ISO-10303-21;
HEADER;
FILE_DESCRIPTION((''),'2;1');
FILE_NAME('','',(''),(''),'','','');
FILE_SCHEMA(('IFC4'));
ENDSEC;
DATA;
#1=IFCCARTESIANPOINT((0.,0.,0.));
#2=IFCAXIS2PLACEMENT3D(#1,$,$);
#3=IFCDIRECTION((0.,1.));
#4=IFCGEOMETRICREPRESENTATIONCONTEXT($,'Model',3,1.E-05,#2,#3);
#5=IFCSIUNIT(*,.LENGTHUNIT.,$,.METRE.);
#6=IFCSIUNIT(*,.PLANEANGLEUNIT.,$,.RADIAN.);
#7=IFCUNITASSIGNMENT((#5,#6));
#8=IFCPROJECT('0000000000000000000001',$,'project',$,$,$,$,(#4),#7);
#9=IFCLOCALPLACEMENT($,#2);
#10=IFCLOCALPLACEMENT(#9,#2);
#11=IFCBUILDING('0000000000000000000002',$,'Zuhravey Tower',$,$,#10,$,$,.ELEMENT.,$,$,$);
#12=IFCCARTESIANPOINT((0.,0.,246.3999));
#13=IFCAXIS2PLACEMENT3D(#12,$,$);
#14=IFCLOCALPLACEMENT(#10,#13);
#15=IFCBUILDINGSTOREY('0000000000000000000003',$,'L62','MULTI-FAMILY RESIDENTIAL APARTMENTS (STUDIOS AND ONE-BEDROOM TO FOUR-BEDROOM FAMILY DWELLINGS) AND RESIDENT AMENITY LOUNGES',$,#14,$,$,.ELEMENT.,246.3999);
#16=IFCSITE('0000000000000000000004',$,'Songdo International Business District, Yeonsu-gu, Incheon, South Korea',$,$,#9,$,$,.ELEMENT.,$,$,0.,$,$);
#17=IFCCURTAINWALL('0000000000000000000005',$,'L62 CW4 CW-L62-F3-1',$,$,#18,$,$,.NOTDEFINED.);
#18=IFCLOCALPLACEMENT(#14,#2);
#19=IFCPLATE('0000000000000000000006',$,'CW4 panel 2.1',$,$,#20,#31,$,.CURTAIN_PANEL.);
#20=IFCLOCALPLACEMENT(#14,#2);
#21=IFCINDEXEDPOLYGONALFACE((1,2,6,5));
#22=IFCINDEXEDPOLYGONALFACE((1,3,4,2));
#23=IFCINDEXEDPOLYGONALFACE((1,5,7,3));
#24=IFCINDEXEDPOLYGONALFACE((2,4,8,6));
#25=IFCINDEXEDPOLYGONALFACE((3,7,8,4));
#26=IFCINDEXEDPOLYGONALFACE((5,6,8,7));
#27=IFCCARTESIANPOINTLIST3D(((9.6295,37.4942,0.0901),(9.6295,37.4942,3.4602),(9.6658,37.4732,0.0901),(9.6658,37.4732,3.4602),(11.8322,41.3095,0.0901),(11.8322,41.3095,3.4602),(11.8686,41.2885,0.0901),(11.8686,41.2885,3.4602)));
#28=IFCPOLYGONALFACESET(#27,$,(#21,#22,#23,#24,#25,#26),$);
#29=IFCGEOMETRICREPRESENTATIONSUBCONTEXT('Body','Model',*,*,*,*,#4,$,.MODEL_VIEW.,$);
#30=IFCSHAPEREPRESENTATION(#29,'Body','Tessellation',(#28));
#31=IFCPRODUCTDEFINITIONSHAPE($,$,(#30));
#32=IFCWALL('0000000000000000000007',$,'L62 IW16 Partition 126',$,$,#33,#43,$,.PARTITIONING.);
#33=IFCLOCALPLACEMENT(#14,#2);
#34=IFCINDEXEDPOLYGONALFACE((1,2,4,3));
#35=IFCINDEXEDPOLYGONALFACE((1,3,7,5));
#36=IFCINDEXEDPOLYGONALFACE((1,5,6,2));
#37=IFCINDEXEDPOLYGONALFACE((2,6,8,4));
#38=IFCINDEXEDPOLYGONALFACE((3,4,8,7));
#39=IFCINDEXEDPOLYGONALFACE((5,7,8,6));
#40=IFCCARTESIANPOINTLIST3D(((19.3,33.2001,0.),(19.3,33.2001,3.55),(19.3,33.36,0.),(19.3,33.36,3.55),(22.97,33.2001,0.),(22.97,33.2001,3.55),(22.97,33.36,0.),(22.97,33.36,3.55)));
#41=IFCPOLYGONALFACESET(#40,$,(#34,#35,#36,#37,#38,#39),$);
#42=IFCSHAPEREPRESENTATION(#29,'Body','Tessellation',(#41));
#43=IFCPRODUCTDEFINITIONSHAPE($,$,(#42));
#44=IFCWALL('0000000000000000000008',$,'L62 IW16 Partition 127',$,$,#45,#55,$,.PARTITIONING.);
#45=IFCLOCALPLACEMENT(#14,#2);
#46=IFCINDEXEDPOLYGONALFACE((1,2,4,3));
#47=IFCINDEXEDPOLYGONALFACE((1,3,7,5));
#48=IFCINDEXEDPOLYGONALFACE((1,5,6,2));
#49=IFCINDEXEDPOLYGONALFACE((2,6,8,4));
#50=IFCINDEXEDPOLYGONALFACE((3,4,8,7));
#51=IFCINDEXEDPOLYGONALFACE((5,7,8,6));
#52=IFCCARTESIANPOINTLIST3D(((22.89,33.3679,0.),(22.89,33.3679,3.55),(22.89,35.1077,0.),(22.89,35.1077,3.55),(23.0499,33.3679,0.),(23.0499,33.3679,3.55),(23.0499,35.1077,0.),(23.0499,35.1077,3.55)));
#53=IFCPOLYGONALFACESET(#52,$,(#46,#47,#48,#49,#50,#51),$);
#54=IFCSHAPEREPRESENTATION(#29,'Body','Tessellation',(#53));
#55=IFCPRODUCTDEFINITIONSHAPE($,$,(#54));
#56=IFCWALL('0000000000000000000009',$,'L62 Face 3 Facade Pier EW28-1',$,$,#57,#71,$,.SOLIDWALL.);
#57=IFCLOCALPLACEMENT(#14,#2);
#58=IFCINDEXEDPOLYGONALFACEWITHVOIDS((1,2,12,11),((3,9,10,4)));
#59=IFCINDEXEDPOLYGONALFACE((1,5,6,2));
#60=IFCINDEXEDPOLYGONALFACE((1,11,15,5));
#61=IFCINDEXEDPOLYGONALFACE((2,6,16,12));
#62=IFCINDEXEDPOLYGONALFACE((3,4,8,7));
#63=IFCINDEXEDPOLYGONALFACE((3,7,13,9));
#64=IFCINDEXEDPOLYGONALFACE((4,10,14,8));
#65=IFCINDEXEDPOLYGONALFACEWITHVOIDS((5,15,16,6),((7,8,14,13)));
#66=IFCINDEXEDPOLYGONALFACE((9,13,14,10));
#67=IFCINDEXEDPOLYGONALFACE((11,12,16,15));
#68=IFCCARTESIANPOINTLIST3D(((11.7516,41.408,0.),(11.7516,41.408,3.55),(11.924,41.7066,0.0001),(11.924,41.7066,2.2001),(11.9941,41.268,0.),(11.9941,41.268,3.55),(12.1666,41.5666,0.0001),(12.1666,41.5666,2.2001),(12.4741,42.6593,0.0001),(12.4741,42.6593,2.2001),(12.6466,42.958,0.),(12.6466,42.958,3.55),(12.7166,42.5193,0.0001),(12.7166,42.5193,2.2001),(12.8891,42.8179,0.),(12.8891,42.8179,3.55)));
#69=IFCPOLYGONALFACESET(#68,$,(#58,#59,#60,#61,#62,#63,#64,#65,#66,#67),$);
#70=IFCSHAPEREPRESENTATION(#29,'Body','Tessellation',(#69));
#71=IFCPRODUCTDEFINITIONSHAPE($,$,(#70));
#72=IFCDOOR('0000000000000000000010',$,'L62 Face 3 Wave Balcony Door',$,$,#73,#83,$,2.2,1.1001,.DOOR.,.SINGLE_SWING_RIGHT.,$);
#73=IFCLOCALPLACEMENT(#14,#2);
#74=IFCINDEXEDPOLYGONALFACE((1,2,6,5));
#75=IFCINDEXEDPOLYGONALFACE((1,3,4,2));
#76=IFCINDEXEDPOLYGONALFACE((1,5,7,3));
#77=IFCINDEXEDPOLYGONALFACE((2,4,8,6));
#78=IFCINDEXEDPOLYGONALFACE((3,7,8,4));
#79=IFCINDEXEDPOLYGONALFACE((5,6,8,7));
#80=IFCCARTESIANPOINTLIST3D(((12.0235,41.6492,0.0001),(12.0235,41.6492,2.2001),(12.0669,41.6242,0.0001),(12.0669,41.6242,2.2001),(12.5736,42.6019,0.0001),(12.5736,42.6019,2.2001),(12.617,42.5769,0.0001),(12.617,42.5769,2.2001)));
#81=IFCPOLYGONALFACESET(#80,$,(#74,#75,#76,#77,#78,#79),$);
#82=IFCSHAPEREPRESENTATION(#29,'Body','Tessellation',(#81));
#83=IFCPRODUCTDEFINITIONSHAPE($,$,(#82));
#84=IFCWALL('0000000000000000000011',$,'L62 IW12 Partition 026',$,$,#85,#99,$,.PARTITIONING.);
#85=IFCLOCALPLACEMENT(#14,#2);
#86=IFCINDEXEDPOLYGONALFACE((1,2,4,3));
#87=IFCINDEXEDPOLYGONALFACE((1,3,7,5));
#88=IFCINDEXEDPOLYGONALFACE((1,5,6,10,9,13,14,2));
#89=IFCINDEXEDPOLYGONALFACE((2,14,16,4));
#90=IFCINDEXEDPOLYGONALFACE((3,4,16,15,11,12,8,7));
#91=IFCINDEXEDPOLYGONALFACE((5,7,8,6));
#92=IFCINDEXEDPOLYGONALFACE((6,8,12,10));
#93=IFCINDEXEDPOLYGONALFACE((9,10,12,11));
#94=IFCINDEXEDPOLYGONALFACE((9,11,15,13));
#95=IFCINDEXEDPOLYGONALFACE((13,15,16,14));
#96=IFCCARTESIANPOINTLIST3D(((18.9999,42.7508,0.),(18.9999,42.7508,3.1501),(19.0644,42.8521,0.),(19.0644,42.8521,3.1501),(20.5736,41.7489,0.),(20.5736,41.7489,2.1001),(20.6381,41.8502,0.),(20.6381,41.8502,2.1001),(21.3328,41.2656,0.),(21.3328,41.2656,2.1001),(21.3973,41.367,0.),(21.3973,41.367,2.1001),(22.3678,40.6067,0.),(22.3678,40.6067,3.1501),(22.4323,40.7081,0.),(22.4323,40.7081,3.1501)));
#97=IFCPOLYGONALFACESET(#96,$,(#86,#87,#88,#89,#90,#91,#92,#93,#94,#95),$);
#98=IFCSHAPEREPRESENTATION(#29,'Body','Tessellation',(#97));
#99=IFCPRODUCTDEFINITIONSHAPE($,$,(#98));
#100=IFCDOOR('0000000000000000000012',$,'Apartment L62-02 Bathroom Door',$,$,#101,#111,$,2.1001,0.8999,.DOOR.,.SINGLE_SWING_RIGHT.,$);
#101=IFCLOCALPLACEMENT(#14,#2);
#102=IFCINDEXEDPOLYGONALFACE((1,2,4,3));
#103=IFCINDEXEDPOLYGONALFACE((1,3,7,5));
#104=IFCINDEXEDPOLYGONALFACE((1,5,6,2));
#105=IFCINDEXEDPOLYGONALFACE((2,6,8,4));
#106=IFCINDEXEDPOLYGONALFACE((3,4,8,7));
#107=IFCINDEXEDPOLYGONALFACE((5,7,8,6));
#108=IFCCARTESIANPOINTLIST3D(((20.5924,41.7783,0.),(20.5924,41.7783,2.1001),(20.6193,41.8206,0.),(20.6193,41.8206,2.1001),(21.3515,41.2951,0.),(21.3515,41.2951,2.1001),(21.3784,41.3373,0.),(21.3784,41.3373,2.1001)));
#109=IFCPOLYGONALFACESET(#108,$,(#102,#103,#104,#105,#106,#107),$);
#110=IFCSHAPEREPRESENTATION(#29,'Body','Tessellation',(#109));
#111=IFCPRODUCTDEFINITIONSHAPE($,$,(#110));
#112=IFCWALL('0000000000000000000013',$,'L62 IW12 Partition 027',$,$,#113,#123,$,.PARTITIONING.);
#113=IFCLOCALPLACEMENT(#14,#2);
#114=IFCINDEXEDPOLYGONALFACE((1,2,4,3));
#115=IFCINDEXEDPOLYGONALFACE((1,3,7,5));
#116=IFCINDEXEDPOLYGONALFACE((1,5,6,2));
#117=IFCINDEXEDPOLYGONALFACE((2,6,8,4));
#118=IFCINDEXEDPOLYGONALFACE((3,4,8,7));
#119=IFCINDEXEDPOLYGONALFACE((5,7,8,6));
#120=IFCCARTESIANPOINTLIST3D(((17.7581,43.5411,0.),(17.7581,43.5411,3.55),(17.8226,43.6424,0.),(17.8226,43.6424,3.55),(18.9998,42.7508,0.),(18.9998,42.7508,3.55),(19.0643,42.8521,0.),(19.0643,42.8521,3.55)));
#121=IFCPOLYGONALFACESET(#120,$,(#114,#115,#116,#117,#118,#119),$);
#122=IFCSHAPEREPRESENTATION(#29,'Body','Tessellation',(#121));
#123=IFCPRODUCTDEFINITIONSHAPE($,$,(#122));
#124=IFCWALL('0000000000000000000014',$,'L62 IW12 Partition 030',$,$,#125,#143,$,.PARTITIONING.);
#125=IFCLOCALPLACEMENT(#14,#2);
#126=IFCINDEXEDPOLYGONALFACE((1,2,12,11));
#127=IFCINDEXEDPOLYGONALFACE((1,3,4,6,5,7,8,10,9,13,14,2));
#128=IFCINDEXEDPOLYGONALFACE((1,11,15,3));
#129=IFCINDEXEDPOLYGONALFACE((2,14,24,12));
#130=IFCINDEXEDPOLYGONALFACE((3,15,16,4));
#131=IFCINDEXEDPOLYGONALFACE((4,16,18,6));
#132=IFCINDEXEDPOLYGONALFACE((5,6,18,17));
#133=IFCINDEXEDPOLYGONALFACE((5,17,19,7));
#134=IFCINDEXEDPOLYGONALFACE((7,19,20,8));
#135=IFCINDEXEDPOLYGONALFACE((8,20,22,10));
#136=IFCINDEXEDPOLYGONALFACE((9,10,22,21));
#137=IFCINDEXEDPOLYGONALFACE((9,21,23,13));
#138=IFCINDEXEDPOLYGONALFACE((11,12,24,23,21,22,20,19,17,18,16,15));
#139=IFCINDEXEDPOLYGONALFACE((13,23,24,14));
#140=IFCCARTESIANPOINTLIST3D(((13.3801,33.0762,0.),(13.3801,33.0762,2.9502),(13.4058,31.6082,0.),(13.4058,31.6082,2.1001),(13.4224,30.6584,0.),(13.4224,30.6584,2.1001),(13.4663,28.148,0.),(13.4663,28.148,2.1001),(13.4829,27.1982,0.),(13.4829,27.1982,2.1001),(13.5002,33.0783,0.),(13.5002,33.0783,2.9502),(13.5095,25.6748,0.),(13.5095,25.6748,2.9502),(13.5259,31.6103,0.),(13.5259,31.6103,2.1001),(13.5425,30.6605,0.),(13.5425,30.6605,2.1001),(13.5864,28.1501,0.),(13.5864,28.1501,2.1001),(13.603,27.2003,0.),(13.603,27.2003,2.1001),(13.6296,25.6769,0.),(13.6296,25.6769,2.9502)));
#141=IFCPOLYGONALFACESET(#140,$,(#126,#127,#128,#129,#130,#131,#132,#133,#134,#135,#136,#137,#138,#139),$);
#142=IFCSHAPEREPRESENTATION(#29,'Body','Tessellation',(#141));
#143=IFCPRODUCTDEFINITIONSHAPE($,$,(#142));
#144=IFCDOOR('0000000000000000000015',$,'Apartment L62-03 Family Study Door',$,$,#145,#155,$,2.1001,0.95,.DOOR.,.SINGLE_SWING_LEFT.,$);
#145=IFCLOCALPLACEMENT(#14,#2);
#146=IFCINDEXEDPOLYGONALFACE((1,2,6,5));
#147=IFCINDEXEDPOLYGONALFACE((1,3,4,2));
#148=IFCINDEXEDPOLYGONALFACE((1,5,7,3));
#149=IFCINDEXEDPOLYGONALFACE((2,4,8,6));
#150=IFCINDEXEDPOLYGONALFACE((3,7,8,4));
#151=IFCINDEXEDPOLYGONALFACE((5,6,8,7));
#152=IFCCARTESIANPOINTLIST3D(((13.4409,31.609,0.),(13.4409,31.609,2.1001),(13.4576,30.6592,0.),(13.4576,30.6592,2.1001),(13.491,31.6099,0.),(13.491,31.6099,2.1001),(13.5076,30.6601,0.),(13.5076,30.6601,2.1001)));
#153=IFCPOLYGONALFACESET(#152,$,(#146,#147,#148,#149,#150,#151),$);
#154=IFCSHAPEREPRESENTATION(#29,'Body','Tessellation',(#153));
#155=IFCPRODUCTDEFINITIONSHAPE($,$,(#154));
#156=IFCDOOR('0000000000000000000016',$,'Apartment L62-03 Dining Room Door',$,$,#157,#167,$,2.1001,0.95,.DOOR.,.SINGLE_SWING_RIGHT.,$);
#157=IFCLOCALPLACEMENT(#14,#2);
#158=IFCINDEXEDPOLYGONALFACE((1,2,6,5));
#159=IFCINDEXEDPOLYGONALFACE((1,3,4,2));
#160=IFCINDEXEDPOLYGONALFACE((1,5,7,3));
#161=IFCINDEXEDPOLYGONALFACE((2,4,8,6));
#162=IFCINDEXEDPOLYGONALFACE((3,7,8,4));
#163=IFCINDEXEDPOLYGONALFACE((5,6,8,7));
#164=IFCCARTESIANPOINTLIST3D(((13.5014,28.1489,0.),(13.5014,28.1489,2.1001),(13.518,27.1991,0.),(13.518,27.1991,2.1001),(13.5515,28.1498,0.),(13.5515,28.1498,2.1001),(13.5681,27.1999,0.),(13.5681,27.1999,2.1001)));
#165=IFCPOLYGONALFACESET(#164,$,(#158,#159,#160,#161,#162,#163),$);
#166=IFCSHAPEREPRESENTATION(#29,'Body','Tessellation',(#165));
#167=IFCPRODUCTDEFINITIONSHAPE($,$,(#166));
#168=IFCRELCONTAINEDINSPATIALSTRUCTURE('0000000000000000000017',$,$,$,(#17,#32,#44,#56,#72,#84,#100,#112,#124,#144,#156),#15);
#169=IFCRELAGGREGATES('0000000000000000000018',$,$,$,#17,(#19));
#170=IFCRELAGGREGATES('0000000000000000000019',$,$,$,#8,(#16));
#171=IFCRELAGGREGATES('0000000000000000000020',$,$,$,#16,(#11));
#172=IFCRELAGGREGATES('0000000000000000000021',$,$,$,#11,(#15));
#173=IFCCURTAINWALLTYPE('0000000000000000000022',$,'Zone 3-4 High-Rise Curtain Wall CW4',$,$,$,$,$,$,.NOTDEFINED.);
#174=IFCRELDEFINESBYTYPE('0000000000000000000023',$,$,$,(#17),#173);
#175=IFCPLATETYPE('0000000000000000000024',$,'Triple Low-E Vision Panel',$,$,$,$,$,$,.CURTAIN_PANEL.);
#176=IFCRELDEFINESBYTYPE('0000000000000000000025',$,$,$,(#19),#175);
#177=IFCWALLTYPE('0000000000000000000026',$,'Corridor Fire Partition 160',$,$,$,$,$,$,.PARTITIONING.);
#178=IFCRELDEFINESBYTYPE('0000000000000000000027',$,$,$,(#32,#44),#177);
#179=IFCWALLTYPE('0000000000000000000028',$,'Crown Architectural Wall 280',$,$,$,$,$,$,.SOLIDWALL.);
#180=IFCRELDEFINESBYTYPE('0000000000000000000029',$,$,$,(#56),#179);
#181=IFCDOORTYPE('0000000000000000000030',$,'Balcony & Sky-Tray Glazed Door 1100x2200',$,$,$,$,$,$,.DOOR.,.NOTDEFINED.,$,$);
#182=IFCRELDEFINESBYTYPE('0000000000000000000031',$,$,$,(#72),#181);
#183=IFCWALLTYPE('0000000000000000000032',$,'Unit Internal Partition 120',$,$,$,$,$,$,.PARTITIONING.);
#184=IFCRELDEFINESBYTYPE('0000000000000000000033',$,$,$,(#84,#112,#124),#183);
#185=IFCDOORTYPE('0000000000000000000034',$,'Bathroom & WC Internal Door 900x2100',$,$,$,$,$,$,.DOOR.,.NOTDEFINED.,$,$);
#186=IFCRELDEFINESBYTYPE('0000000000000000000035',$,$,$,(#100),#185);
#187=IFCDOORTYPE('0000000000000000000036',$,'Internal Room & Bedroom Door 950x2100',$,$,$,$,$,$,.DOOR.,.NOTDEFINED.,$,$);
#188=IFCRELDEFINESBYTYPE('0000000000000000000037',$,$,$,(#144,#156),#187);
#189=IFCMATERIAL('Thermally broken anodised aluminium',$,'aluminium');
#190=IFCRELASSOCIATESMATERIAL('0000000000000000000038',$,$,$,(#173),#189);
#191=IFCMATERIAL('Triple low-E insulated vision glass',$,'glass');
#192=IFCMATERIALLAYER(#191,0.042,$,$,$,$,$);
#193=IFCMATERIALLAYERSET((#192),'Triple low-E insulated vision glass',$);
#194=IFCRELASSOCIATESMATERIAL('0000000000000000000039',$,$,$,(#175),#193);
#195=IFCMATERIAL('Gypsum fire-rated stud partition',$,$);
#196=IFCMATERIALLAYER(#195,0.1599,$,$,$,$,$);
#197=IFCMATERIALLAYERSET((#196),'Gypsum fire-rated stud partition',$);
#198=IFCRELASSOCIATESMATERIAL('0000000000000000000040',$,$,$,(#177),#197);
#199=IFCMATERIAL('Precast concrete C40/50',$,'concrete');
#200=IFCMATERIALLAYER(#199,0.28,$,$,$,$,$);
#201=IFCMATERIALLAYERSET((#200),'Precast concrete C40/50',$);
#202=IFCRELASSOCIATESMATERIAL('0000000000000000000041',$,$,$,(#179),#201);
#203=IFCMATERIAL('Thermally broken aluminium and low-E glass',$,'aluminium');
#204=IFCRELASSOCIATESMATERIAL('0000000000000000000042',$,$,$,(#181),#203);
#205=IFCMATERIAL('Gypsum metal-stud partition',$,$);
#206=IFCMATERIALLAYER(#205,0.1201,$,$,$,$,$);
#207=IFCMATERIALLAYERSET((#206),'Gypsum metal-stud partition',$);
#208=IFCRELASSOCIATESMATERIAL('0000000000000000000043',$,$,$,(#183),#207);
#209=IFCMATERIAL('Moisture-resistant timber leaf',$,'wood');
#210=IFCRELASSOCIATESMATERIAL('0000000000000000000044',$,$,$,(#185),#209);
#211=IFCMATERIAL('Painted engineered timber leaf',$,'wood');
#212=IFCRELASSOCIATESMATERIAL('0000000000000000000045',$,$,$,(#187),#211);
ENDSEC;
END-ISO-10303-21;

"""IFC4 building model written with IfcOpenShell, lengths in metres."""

from ifc_helpers import new_model, si_unit, direction, frame, frame_2d, origin, origin_2d, place, context, subcontext, project, spatial, rectangle, extrude, material, layer, layer_set, type_object, element, fill, aggregate, save


model = new_model("IFC4")

# Units and contexts
model_context = context("Model", 3, precision=1e-05, world=origin(), true_north=direction((0.0, 1.0)))
body_context = subcontext(model_context, "Body", "Model", "MODEL_VIEW")
ifc_project = project(units=[si_unit("LENGTHUNIT", "METRE"), si_unit("PLANEANGLEUNIT", "RADIAN")], contexts=[model_context])

# Site, building, storey
site_placement = place(None, origin())
site = spatial("IfcSite", under=ifc_project, at=site_placement, Name="Songdo International Business District, Yeonsu-gu, Incheon, South Korea", CompositionType="ELEMENT", RefElevation=0.0)
building_placement = place(site_placement, origin())
building = spatial("IfcBuilding", under=site, at=building_placement, Name="Zuhravey Tower", CompositionType="ELEMENT")
storey_placement = place(building_placement, frame((0.0, 0.0, 246.3999)))
storey = spatial("IfcBuildingStorey", under=building, at=storey_placement, Name="L62", Description="MULTI-FAMILY RESIDENTIAL APARTMENTS (STUDIOS AND ONE-BEDROOM TO FOUR-BEDROOM FAMILY DWELLINGS) AND RESIDENT AMENITY LOUNGES", CompositionType="ELEMENT", Elevation=246.3999)

# Curtain wall
ifc_material_1 = material(Name="Thermally broken anodised aluminium", Category="aluminium")
curtain_wall_type = type_object("IfcCurtainWallType", Name="Zone 3-4 High-Rise Curtain Wall CW4", PredefinedType="NOTDEFINED", material=ifc_material_1)
curtain_wall_1_placement = place(storey_placement, origin())
curtain_wall_1 = element("IfcCurtainWall", 1, at=curtain_wall_1_placement, inside=storey, type_object=curtain_wall_type, Name="L62 CW4 CW-L62-F3-1", PredefinedType="NOTDEFINED")

# Plate
ifc_material_2 = material(Name="Triple low-E insulated vision glass", Category="glass")
ifc_layer_1 = layer(ifc_material_2, 0.042)
ifc_layer_set_1 = layer_set([ifc_layer_1], Name="Triple low-E insulated vision glass")
plate_type_1 = type_object("IfcPlateType", Name="Triple Low-E Vision Panel", PredefinedType="CURTAIN_PANEL", material=ifc_layer_set_1)
plate_1_placement = place(storey_placement, frame((10.749, 39.3914, 0.0901), z_axis=(0.0, 0.0, 1.0), x_axis=(0.500004, 0.866023, 0.0)))
plate_1 = element("IfcPlate", 2, at=plate_1_placement, type_object=plate_type_1, Name="CW4 panel 2.1", PredefinedType="CURTAIN_PANEL", context=body_context, shape_type="SweptSolid", body=[
    extrude(rectangle(XDim=4.4055, YDim=0.042, at=origin_2d()), origin(), (0.0, 0.0, 1.0), 3.3701),
])
aggregate(curtain_wall_1, [plate_1])

# Shared definitions
ifc_material_3 = material(Name="Gypsum fire-rated stud partition")
ifc_layer_2 = layer(ifc_material_3, 0.1599)
ifc_layer_set_2 = layer_set([ifc_layer_2], Name="Gypsum fire-rated stud partition")
wall_type_1 = type_object("IfcWallType", Name="Corridor Fire Partition 160", PredefinedType="PARTITIONING", material=ifc_layer_set_2)

# Walls
wall_1_placement = place(storey_placement, frame((22.97, 33.28, 0.0), z_axis=(0.0, 0.0, 1.0), x_axis=(-1.0, 0.0, 0.0)))
element("IfcWall", 3, at=wall_1_placement, inside=storey, type_object=wall_type_1, Name="L62 IW16 Partition 126", PredefinedType="PARTITIONING", context=body_context, shape_type="SweptSolid", body=[
    extrude(rectangle(XDim=3.6699, YDim=0.1599, at=frame_2d((1.835, 0.0))), origin(), (0.0, 0.0, 1.0), 3.55),
])
wall_2_placement = place(storey_placement, frame((22.97, 35.1077, 0.0), z_axis=(0.0, 0.0, 1.0), x_axis=(0.0, -1.0, 0.0)))
element("IfcWall", 4, at=wall_2_placement, inside=storey, type_object=wall_type_1, Name="L62 IW16 Partition 127", PredefinedType="PARTITIONING", context=body_context, shape_type="SweptSolid", body=[
    extrude(rectangle(XDim=1.7397, YDim=0.1599, at=frame_2d((0.8699, 0.0))), origin(), (0.0, 0.0, 1.0), 3.55),
])

# Walls, openings, doors
ifc_material_4 = material(Name="Precast concrete C40/50", Category="concrete")
ifc_layer_3 = layer(ifc_material_4, 0.28)
ifc_layer_set_3 = layer_set([ifc_layer_3], Name="Precast concrete C40/50")
wall_type_2 = type_object("IfcWallType", Name="Crown Architectural Wall 280", PredefinedType="SOLIDWALL", material=ifc_layer_set_3)
wall_3_placement = place(storey_placement, frame((11.8728, 41.3379, 0.0), z_axis=(0.0, 0.0, 1.0), x_axis=(0.500041, 0.866002, 0.0)))
wall_3 = element("IfcWall", 5, at=wall_3_placement, inside=storey, type_object=wall_type_2, Name="L62 Face 3 Facade Pier EW28-1", PredefinedType="SOLIDWALL", context=body_context, shape_type="SweptSolid", body=[
    extrude(rectangle(XDim=1.7898, YDim=0.28, at=frame_2d((0.895, 0.0))), origin(), (0.0, 0.0, 1.0), 3.55),
])
opening_1_placement = place(wall_3_placement, frame((0.345, 0.0, 0.0)))
opening_1 = element("IfcOpeningElement", 6, at=opening_1_placement, cuts=wall_3, PredefinedType="OPENING", context=body_context, shape_type="SweptSolid", body=[
    extrude(rectangle(XDim=1.1001, YDim=2.2, at=frame_2d((0.55, 1.1001))), frame((0.0, 0.1521, 0.0), z_axis=(0.0, -1.0, 0.0), x_axis=(1.0, 0.0, 0.0)), (0.0, 0.0, 1.0), 0.304),
])
ifc_material_5 = material(Name="Thermally broken aluminium and low-E glass", Category="aluminium")
door_type_1 = type_object("IfcDoorType", Name="Balcony & Sky-Tray Glazed Door 1100x2200", OperationType="NOTDEFINED", PredefinedType="DOOR", material=ifc_material_5)
door_1_placement = place(opening_1_placement, frame((1.1001, 0.0, 0.0), z_axis=(0.0, 0.0, 1.0), x_axis=(-1.0, 0.0, 0.0)))
door_1 = element("IfcDoor", 7, at=door_1_placement, inside=storey, type_object=door_type_1, Name="L62 Face 3 Wave Balcony Door", OperationType="SINGLE_SWING_RIGHT", OverallHeight=2.2, OverallWidth=1.1001, PredefinedType="DOOR", context=body_context, shape_type="SweptSolid", body=[
    extrude(rectangle(XDim=1.1001, YDim=2.2, at=frame_2d((0.55, 1.1001))), frame((0.0, 0.0249, 0.0), z_axis=(0.0, -1.0, 0.0), x_axis=(1.0, 0.0, 0.0)), (0.0, 0.0, 1.0), 0.05),
])
fill(opening_1, door_1)
ifc_material_6 = material(Name="Gypsum metal-stud partition")
ifc_layer_4 = layer(ifc_material_6, 0.1201)
ifc_layer_set_4 = layer_set([ifc_layer_4], Name="Gypsum metal-stud partition")
wall_type_3 = type_object("IfcWallType", Name="Unit Internal Partition 120", PredefinedType="PARTITIONING", material=ifc_layer_set_4)
wall_4_placement = place(storey_placement, frame((22.3999, 40.6575, 0.0), z_axis=(0.0, 0.0, 1.0), x_axis=(-0.843568, 0.537022, 0.0)))
wall_4 = element("IfcWall", 8, at=wall_4_placement, inside=storey, type_object=wall_type_3, Name="L62 IW12 Partition 026", PredefinedType="PARTITIONING", context=body_context, shape_type="SweptSolid", body=[
    extrude(rectangle(XDim=3.9924, YDim=0.1201, at=frame_2d((1.9961, 0.0))), origin(), (0.0, 0.0, 1.0), 3.1501),
])
opening_2_placement = place(wall_4_placement, frame((1.2268, 0.0, 0.0)))
opening_2 = element("IfcOpeningElement", 9, at=opening_2_placement, cuts=wall_4, PredefinedType="OPENING", context=body_context, shape_type="SweptSolid", body=[
    extrude(rectangle(XDim=0.8999, YDim=2.1001, at=frame_2d((0.45, 1.05))), frame((0.0, 0.072, 0.0), z_axis=(0.0, -1.0, 0.0), x_axis=(1.0, 0.0, 0.0)), (0.0, 0.0, 1.0), 0.144),
])
ifc_material_7 = material(Name="Moisture-resistant timber leaf", Category="wood")
door_type_2 = type_object("IfcDoorType", Name="Bathroom & WC Internal Door 900x2100", OperationType="NOTDEFINED", PredefinedType="DOOR", material=ifc_material_7)
door_2_placement = place(opening_2_placement, frame((0.8999, 0.0, 0.0), z_axis=(0.0, 0.0, 1.0), x_axis=(-1.0, 0.0, 0.0)))
door_2 = element("IfcDoor", 10, at=door_2_placement, inside=storey, type_object=door_type_2, Name="Apartment L62-02 Bathroom Door", OperationType="SINGLE_SWING_RIGHT", OverallHeight=2.1001, OverallWidth=0.8999, PredefinedType="DOOR", context=body_context, shape_type="SweptSolid", body=[
    extrude(rectangle(XDim=0.8999, YDim=2.1001, at=frame_2d((0.45, 1.05))), frame((0.0, 0.0249, 0.0), z_axis=(0.0, -1.0, 0.0), x_axis=(1.0, 0.0, 0.0)), (0.0, 0.0, 1.0), 0.05),
])
fill(opening_2, door_2)

# Wall
wall_5_placement = place(storey_placement, frame((19.032, 42.8015, 0.0), z_axis=(0.0, 0.0, 1.0), x_axis=(-0.843627, 0.536929, 0.0)))
element("IfcWall", 11, at=wall_5_placement, inside=storey, type_object=wall_type_3, Name="L62 IW12 Partition 027", PredefinedType="PARTITIONING", context=body_context, shape_type="SweptSolid", body=[
    extrude(rectangle(XDim=1.4719, YDim=0.1201, at=frame_2d((0.7358, 0.0))), origin(), (0.0, 0.0, 1.0), 3.55),
])

# Wall, openings, doors
wall_6_placement = place(storey_placement, frame((13.4402, 33.0771, 0.0), z_axis=(0.0, 0.0, 1.0), x_axis=(0.01748, -0.999847, 0.0)))
wall_6 = element("IfcWall", 12, at=wall_6_placement, inside=storey, type_object=wall_type_3, Name="L62 IW12 Partition 030", PredefinedType="PARTITIONING", context=body_context, shape_type="SweptSolid", body=[
    extrude(rectangle(XDim=7.4026, YDim=0.1201, at=frame_2d((3.7012, 0.0))), origin(), (0.0, 0.0, 1.0), 2.9502),
])
opening_3_placement = place(wall_6_placement, frame((1.468, 0.0, 0.0)))
opening_3 = element("IfcOpeningElement", 13, at=opening_3_placement, cuts=wall_6, PredefinedType="OPENING", context=body_context, shape_type="SweptSolid", body=[
    extrude(rectangle(XDim=0.95, YDim=2.1001, at=frame_2d((0.4751, 1.05))), frame((0.0, 0.072, 0.0), z_axis=(0.0, -1.0, 0.0), x_axis=(1.0, 0.0, 0.0)), (0.0, 0.0, 1.0), 0.144),
])
opening_4_placement = place(wall_6_placement, frame((4.9287, 0.0, 0.0)))
opening_4 = element("IfcOpeningElement", 14, at=opening_4_placement, cuts=wall_6, PredefinedType="OPENING", context=body_context, shape_type="SweptSolid", body=[
    extrude(rectangle(XDim=0.95, YDim=2.1001, at=frame_2d((0.4751, 1.05))), frame((0.0, 0.072, 0.0), z_axis=(0.0, -1.0, 0.0), x_axis=(1.0, 0.0, 0.0)), (0.0, 0.0, 1.0), 0.144),
])
ifc_material_8 = material(Name="Painted engineered timber leaf", Category="wood")
door_type_3 = type_object("IfcDoorType", Name="Internal Room & Bedroom Door 950x2100", OperationType="NOTDEFINED", PredefinedType="DOOR", material=ifc_material_8)
door_3_placement = place(opening_3_placement, frame((0.95, 0.0, 0.0), z_axis=(0.0, 0.0, 1.0), x_axis=(-1.0, 0.0, 0.0)))
door_3 = element("IfcDoor", 15, at=door_3_placement, inside=storey, type_object=door_type_3, Name="Apartment L62-03 Family Study Door", OperationType="SINGLE_SWING_LEFT", OverallHeight=2.1001, OverallWidth=0.95, PredefinedType="DOOR", context=body_context, shape_type="SweptSolid", body=[
    extrude(rectangle(XDim=0.95, YDim=2.1001, at=frame_2d((0.4751, 1.05))), frame((0.0, 0.0249, 0.0), z_axis=(0.0, -1.0, 0.0), x_axis=(1.0, 0.0, 0.0)), (0.0, 0.0, 1.0), 0.05),
])
fill(opening_3, door_3)
door_4_placement = place(opening_4_placement, frame((0.95, 0.0, 0.0), z_axis=(0.0, 0.0, 1.0), x_axis=(-1.0, 0.0, 0.0)))
door_4 = element("IfcDoor", 16, at=door_4_placement, inside=storey, type_object=door_type_3, Name="Apartment L62-03 Dining Room Door", OperationType="SINGLE_SWING_RIGHT", OverallHeight=2.1001, OverallWidth=0.95, PredefinedType="DOOR", context=body_context, shape_type="SweptSolid", body=[
    extrude(rectangle(XDim=0.95, YDim=2.1001, at=frame_2d((0.4751, 1.05))), frame((0.0, 0.0249, 0.0), z_axis=(0.0, -1.0, 0.0), x_axis=(1.0, 0.0, 0.0)), (0.0, 0.0, 1.0), 0.05),
])
fill(opening_4, door_4)

save(model, "model.ifc")
